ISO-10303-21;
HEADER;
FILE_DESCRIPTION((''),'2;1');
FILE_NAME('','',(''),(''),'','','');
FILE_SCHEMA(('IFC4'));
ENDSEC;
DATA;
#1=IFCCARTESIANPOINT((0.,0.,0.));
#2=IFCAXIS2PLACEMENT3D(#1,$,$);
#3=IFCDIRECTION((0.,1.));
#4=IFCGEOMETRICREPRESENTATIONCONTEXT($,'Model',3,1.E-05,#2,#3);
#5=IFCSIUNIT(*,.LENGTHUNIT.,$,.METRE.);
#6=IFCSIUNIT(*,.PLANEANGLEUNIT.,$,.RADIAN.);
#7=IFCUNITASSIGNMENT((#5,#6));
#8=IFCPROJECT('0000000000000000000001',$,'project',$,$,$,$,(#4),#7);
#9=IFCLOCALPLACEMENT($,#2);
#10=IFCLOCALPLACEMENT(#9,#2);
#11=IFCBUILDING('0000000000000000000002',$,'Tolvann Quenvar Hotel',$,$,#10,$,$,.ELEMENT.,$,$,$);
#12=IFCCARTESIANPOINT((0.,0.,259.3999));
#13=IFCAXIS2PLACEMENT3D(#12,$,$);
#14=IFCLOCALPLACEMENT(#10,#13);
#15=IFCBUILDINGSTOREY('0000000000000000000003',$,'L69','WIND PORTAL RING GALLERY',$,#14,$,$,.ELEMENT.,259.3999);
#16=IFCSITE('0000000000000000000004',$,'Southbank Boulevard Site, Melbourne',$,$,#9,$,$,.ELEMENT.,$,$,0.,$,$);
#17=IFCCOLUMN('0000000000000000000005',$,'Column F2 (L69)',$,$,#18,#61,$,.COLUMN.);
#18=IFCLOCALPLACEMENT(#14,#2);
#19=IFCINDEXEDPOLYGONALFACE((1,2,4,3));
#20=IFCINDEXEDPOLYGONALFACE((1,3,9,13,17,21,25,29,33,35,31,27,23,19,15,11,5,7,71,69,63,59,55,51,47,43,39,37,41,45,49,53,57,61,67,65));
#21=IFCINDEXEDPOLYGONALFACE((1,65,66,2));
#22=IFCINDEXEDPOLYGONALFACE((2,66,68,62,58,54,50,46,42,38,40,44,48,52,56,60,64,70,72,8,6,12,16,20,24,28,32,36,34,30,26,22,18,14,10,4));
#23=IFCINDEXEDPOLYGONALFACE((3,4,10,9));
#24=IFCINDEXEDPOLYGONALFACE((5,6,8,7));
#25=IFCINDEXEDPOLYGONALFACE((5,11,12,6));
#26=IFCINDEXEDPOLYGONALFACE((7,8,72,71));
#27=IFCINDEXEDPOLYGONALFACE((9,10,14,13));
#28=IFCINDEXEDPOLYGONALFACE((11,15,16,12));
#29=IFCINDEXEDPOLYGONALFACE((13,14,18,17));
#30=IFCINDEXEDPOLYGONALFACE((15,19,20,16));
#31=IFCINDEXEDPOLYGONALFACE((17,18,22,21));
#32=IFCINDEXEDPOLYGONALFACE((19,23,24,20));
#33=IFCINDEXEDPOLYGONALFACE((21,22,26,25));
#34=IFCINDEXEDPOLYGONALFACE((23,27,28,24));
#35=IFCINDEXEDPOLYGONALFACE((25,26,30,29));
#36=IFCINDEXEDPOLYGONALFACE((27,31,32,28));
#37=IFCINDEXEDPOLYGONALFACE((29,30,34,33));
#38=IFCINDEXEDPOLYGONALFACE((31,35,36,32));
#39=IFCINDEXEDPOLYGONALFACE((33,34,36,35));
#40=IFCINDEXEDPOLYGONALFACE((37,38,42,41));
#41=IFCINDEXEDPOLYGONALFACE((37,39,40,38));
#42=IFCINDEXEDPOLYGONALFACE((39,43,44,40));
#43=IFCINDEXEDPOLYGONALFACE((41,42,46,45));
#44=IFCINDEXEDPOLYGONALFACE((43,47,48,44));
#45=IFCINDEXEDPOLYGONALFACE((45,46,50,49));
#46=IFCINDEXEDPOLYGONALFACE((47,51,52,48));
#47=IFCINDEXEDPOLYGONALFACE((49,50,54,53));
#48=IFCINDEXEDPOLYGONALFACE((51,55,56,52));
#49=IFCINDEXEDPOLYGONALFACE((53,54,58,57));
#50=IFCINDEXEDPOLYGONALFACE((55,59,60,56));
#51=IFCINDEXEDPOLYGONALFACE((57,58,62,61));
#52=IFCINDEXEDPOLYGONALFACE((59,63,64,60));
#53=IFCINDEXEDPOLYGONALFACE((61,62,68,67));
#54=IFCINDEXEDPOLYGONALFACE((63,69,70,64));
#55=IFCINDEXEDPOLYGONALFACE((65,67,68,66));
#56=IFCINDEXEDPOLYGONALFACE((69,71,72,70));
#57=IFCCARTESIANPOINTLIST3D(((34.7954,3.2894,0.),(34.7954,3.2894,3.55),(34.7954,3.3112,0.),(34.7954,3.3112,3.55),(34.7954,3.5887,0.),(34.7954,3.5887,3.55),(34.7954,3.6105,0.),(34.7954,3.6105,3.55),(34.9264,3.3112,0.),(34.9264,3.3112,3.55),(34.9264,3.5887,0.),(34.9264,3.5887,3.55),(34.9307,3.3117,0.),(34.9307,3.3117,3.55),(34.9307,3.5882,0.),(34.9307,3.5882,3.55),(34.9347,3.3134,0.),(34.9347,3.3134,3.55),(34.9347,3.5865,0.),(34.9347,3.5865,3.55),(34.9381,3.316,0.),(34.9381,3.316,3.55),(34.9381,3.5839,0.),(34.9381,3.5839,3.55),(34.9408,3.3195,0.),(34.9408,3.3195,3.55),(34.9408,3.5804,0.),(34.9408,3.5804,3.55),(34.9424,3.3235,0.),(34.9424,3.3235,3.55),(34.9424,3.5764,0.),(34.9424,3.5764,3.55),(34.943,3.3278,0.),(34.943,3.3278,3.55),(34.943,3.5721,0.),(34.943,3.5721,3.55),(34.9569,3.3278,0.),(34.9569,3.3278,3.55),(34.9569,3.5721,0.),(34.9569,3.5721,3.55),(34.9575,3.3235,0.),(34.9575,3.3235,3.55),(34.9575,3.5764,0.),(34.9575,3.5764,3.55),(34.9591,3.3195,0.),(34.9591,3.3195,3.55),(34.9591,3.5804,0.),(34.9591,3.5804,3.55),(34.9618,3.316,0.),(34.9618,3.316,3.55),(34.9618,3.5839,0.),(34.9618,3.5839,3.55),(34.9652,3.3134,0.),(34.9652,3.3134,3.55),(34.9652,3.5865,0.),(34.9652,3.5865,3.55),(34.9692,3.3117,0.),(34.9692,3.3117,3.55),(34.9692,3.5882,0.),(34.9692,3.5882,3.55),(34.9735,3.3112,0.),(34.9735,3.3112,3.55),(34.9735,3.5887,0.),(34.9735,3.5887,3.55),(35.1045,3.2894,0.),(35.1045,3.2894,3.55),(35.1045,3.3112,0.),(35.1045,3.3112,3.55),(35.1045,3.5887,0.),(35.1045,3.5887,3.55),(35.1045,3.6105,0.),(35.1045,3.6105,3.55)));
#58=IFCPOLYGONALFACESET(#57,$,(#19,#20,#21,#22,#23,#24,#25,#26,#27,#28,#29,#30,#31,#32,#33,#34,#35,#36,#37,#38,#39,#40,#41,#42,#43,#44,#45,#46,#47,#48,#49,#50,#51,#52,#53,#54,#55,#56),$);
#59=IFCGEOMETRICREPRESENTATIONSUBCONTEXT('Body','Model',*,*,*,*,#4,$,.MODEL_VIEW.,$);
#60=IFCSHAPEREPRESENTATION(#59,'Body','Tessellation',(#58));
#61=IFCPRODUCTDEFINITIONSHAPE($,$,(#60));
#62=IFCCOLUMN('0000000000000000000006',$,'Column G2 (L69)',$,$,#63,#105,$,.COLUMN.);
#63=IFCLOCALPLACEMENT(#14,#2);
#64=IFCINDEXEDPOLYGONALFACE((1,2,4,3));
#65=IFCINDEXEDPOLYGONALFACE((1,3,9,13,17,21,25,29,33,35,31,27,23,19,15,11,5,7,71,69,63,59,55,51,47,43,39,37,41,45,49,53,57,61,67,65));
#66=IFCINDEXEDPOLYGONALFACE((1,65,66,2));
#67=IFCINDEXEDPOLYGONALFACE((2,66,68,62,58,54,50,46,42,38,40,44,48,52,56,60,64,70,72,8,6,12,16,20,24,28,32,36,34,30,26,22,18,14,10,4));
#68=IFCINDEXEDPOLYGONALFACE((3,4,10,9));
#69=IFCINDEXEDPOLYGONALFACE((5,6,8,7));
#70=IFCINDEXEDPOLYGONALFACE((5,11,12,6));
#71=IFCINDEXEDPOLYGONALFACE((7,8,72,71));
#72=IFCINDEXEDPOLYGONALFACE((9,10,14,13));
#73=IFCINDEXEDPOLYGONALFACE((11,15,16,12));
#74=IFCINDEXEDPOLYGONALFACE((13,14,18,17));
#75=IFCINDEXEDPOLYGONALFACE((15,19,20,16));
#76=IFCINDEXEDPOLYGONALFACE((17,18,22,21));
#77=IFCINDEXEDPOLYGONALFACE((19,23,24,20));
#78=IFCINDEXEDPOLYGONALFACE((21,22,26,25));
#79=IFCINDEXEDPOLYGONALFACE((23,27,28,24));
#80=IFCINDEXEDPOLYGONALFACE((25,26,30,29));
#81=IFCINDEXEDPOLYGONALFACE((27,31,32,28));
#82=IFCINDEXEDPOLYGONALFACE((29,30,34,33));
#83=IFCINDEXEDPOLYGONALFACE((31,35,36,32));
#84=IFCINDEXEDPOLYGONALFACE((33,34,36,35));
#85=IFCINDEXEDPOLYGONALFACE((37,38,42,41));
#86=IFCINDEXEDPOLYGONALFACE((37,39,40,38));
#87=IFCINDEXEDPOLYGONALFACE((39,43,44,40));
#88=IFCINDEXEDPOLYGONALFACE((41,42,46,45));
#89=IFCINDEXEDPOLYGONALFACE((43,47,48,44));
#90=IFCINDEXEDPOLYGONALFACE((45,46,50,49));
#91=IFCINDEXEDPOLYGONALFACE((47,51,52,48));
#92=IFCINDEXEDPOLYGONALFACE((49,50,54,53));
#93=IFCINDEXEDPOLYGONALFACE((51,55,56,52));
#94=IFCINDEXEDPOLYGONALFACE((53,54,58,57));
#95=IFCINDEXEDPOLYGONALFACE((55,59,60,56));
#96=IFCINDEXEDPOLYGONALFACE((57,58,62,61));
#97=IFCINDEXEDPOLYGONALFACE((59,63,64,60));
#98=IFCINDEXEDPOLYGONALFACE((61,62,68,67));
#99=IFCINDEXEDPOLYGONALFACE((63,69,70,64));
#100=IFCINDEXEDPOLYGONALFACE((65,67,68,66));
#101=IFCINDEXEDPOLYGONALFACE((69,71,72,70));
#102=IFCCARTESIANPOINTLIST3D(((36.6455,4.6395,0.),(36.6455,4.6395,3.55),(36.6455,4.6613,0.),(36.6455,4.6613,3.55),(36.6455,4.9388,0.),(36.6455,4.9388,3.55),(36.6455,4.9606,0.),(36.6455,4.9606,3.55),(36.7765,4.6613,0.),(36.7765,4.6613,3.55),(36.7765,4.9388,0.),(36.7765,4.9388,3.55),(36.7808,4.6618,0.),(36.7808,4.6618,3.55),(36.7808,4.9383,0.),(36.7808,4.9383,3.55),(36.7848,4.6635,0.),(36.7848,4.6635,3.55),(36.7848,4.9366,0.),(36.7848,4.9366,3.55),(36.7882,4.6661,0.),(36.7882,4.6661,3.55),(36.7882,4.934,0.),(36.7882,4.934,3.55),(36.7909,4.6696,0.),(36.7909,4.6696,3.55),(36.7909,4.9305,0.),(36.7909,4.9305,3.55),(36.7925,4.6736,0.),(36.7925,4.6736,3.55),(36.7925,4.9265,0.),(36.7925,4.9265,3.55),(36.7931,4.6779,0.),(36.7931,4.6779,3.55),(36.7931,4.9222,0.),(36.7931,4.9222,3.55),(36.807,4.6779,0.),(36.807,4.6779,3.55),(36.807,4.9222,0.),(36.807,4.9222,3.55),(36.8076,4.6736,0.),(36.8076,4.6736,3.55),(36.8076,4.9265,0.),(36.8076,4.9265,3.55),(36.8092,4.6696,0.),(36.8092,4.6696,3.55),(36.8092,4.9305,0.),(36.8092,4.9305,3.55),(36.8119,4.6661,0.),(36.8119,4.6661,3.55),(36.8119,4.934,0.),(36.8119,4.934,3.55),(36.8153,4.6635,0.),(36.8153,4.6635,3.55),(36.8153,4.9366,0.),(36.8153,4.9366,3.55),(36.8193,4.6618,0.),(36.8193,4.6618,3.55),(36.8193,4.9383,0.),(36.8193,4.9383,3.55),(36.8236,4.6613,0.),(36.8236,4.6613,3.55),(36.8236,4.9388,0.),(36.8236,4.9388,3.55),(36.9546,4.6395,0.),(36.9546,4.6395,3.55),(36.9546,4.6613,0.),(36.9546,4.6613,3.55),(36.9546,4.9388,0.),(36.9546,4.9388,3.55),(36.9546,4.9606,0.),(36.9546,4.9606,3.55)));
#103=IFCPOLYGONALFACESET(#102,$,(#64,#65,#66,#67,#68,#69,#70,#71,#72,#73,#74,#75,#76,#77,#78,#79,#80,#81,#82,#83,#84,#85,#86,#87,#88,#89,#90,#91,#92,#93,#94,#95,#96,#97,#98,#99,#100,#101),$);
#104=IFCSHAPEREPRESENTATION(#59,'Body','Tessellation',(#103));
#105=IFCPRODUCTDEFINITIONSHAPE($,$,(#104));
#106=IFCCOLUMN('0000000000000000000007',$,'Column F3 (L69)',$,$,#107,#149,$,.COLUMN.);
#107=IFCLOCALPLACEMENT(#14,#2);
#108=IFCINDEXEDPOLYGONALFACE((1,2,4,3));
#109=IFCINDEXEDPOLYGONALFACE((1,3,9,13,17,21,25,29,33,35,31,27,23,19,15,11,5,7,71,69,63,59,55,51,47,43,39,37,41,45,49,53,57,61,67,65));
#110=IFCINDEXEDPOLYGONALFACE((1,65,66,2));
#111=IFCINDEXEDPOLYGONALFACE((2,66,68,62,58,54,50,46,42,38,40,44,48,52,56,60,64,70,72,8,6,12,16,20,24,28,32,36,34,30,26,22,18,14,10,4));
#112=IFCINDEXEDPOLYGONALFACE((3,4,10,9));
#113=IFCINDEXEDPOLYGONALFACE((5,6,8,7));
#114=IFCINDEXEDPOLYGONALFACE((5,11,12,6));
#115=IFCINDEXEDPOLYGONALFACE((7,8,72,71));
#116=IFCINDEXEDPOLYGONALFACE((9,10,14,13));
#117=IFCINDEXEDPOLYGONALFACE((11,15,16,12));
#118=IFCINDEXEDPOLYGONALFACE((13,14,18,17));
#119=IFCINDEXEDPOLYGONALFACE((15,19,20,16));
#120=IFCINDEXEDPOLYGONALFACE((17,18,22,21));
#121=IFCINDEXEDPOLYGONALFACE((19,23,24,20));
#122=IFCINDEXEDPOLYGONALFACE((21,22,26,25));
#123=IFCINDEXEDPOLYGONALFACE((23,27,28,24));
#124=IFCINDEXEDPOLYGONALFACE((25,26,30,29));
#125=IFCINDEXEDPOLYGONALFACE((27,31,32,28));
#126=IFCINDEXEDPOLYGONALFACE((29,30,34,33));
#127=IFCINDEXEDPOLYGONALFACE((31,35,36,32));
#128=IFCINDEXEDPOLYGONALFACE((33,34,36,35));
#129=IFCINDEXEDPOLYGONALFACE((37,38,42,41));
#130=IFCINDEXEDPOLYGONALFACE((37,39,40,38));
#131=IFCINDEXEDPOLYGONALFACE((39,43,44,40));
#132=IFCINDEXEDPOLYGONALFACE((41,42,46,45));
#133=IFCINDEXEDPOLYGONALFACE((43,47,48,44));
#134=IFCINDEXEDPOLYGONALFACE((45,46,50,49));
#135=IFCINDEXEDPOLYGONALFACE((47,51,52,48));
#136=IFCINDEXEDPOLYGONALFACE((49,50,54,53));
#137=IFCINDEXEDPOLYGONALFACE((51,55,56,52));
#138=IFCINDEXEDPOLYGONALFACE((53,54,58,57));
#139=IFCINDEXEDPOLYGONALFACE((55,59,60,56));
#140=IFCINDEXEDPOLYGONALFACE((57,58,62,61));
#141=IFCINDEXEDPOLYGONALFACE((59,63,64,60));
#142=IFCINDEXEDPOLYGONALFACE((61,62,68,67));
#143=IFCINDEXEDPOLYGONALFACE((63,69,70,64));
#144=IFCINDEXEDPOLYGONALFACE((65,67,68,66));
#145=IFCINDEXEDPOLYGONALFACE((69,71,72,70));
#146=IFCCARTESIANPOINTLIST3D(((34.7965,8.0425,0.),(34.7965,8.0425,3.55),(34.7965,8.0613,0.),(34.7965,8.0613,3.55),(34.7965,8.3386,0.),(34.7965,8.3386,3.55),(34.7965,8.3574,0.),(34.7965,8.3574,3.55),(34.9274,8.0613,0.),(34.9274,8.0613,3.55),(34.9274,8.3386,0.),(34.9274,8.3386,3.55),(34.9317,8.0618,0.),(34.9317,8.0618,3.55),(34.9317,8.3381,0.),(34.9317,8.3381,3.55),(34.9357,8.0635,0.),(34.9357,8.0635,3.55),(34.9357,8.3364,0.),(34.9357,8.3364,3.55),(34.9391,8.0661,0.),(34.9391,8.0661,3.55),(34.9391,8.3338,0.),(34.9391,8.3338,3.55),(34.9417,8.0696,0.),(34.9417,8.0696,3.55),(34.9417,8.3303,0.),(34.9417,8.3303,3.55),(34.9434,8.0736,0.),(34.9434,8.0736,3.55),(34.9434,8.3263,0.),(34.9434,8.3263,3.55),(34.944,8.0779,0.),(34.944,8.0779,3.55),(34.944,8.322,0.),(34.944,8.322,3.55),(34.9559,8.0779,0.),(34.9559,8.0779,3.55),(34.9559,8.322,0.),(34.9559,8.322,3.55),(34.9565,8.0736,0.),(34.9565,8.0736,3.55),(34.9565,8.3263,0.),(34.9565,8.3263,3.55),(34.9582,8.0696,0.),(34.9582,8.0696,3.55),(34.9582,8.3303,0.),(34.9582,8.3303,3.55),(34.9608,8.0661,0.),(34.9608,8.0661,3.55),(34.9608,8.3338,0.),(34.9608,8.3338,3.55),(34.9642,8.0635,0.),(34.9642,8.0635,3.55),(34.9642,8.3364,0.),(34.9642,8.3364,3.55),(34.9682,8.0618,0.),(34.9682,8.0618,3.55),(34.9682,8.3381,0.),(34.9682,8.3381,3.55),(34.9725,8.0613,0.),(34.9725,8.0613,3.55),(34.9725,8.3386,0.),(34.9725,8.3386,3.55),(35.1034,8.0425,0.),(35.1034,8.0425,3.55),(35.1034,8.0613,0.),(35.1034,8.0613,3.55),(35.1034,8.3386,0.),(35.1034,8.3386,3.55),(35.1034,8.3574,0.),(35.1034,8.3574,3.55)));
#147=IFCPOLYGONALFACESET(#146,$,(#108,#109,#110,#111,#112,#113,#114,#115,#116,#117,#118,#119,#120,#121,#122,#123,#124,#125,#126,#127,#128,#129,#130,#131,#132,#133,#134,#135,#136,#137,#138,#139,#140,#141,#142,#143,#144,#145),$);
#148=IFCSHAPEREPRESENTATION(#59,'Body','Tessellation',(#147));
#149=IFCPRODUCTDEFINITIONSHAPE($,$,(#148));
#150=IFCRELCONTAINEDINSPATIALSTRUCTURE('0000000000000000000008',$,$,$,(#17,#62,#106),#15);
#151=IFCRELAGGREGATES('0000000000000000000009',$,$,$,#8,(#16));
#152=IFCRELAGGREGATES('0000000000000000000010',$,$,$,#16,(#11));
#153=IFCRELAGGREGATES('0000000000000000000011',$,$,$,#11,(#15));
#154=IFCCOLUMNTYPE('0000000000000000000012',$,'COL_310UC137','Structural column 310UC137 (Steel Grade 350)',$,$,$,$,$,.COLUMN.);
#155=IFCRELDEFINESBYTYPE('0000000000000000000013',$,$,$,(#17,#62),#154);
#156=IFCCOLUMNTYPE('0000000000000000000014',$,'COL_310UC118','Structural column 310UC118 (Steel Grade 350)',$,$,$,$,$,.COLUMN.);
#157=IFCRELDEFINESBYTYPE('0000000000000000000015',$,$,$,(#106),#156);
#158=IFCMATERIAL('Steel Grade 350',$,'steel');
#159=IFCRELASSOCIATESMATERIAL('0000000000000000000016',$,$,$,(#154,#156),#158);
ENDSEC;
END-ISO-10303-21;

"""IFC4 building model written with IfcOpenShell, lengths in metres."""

from ifc_helpers import new_model, si_unit, direction, frame, origin, origin_2d, place, context, subcontext, project, spatial, i_section, extrude, source, transform, mapped, material, material_profile, profile_set, type_object, type_shapes, element, save


model = new_model("IFC4")

# Units and contexts
model_context = context("Model", 3, precision=1e-05, world=origin(), true_north=direction((0.0, 1.0)))
body_context = subcontext(model_context, "Body", "Model", "MODEL_VIEW")
ifc_project = project(units=[si_unit("LENGTHUNIT", "METRE"), si_unit("PLANEANGLEUNIT", "RADIAN")], contexts=[model_context])

# Site, building, storey
site_placement = place(None, origin())
site = spatial("IfcSite", under=ifc_project, at=site_placement, Name="Southbank Boulevard Site, Melbourne", CompositionType="ELEMENT", RefElevation=0.0)
building_placement = place(site_placement, origin())
building = spatial("IfcBuilding", under=site, at=building_placement, Name="Tolvann Quenvar Hotel", CompositionType="ELEMENT")
storey_placement = place(building_placement, frame((0.0, 0.0, 259.3999)))
storey = spatial("IfcBuildingStorey", under=building, at=storey_placement, Name="L69", Description="WIND PORTAL RING GALLERY", CompositionType="ELEMENT", Elevation=259.3999)

# Columns
ifc_material_1 = material(Name="Steel Grade 350", Category="steel")
ifc_material_profile_1 = material_profile(ifc_material_1, i_section(OverallWidth=0.3091, OverallDepth=0.321, WebThickness=0.0139, FlangeThickness=0.0217, FilletRadius=0.0166, at=origin_2d()), Name="310UC137")
ifc_profile_set_1 = profile_set([ifc_material_profile_1], Name="Steel Grade 350")
column_type_1 = type_object("IfcColumnType", Name="COL_310UC137", Description="Structural column 310UC137 (Steel Grade 350)", PredefinedType="COLUMN", material=ifc_profile_set_1)
shared_shape_1 = source(origin(), body_context, "Body", "SweptSolid", [
    extrude(i_section(OverallWidth=0.3091, OverallDepth=0.321, WebThickness=0.0139, FlangeThickness=0.0217, FilletRadius=0.0166, at=origin_2d()), origin(), (0.0, 0.0, 1.0), 3.55),
])
type_shapes(column_type_1, [shared_shape_1])
for number, where, z_axis, x_axis, name in (
    (1, (34.95, 3.45, 0.0), (0.0, 0.0, 1.0), (1.0, 0.0, 0.0), "Column F2 (L69)"),
    (2, (36.8, 4.8, 0.0), (0.0, 0.0, 1.0), (1.0, 0.0, 0.0), "Column G2 (L69)"),
):
    element("IfcColumn", number, at=place(storey_placement, frame(where, z_axis=z_axis, x_axis=x_axis)), inside=storey, type_object=column_type_1, Name=name, PredefinedType="COLUMN", context=body_context, shape_type="MappedRepresentation", body=[
        mapped(shared_shape_1, transform((0.0, 0.0, 0.0), x_axis=(1.0, 0.0, 0.0), y_axis=(0.0, 1.0, 0.0), z_axis=(0.0, 0.0, 1.0), scale=1.0)),
    ])
ifc_material_profile_2 = material_profile(ifc_material_1, i_section(OverallWidth=0.3069, OverallDepth=0.3149, WebThickness=0.012, FlangeThickness=0.0188, FilletRadius=0.0166, at=origin_2d()), Name="310UC118")
ifc_profile_set_2 = profile_set([ifc_material_profile_2], Name="Steel Grade 350")
column_type_2 = type_object("IfcColumnType", Name="COL_310UC118", Description="Structural column 310UC118 (Steel Grade 350)", PredefinedType="COLUMN", material=ifc_profile_set_2)
shared_shape_2 = source(origin(), body_context, "Body", "SweptSolid", [
    extrude(i_section(OverallWidth=0.3069, OverallDepth=0.3149, WebThickness=0.012, FlangeThickness=0.0188, FilletRadius=0.0166, at=origin_2d()), origin(), (0.0, 0.0, 1.0), 3.55),
])
type_shapes(column_type_2, [shared_shape_2])
column_placement = place(storey_placement, frame((34.95, 8.2, 0.0), z_axis=(0.0, 0.0, 1.0), x_axis=(1.0, 0.0, 0.0)))
element("IfcColumn", 3, at=column_placement, inside=storey, type_object=column_type_2, Name="Column F3 (L69)", PredefinedType="COLUMN", context=body_context, shape_type="MappedRepresentation", body=[
    mapped(shared_shape_2, transform((0.0, 0.0, 0.0), x_axis=(1.0, 0.0, 0.0), y_axis=(0.0, 1.0, 0.0), z_axis=(0.0, 0.0, 1.0), scale=1.0)),
])

save(model, "model.ifc")
